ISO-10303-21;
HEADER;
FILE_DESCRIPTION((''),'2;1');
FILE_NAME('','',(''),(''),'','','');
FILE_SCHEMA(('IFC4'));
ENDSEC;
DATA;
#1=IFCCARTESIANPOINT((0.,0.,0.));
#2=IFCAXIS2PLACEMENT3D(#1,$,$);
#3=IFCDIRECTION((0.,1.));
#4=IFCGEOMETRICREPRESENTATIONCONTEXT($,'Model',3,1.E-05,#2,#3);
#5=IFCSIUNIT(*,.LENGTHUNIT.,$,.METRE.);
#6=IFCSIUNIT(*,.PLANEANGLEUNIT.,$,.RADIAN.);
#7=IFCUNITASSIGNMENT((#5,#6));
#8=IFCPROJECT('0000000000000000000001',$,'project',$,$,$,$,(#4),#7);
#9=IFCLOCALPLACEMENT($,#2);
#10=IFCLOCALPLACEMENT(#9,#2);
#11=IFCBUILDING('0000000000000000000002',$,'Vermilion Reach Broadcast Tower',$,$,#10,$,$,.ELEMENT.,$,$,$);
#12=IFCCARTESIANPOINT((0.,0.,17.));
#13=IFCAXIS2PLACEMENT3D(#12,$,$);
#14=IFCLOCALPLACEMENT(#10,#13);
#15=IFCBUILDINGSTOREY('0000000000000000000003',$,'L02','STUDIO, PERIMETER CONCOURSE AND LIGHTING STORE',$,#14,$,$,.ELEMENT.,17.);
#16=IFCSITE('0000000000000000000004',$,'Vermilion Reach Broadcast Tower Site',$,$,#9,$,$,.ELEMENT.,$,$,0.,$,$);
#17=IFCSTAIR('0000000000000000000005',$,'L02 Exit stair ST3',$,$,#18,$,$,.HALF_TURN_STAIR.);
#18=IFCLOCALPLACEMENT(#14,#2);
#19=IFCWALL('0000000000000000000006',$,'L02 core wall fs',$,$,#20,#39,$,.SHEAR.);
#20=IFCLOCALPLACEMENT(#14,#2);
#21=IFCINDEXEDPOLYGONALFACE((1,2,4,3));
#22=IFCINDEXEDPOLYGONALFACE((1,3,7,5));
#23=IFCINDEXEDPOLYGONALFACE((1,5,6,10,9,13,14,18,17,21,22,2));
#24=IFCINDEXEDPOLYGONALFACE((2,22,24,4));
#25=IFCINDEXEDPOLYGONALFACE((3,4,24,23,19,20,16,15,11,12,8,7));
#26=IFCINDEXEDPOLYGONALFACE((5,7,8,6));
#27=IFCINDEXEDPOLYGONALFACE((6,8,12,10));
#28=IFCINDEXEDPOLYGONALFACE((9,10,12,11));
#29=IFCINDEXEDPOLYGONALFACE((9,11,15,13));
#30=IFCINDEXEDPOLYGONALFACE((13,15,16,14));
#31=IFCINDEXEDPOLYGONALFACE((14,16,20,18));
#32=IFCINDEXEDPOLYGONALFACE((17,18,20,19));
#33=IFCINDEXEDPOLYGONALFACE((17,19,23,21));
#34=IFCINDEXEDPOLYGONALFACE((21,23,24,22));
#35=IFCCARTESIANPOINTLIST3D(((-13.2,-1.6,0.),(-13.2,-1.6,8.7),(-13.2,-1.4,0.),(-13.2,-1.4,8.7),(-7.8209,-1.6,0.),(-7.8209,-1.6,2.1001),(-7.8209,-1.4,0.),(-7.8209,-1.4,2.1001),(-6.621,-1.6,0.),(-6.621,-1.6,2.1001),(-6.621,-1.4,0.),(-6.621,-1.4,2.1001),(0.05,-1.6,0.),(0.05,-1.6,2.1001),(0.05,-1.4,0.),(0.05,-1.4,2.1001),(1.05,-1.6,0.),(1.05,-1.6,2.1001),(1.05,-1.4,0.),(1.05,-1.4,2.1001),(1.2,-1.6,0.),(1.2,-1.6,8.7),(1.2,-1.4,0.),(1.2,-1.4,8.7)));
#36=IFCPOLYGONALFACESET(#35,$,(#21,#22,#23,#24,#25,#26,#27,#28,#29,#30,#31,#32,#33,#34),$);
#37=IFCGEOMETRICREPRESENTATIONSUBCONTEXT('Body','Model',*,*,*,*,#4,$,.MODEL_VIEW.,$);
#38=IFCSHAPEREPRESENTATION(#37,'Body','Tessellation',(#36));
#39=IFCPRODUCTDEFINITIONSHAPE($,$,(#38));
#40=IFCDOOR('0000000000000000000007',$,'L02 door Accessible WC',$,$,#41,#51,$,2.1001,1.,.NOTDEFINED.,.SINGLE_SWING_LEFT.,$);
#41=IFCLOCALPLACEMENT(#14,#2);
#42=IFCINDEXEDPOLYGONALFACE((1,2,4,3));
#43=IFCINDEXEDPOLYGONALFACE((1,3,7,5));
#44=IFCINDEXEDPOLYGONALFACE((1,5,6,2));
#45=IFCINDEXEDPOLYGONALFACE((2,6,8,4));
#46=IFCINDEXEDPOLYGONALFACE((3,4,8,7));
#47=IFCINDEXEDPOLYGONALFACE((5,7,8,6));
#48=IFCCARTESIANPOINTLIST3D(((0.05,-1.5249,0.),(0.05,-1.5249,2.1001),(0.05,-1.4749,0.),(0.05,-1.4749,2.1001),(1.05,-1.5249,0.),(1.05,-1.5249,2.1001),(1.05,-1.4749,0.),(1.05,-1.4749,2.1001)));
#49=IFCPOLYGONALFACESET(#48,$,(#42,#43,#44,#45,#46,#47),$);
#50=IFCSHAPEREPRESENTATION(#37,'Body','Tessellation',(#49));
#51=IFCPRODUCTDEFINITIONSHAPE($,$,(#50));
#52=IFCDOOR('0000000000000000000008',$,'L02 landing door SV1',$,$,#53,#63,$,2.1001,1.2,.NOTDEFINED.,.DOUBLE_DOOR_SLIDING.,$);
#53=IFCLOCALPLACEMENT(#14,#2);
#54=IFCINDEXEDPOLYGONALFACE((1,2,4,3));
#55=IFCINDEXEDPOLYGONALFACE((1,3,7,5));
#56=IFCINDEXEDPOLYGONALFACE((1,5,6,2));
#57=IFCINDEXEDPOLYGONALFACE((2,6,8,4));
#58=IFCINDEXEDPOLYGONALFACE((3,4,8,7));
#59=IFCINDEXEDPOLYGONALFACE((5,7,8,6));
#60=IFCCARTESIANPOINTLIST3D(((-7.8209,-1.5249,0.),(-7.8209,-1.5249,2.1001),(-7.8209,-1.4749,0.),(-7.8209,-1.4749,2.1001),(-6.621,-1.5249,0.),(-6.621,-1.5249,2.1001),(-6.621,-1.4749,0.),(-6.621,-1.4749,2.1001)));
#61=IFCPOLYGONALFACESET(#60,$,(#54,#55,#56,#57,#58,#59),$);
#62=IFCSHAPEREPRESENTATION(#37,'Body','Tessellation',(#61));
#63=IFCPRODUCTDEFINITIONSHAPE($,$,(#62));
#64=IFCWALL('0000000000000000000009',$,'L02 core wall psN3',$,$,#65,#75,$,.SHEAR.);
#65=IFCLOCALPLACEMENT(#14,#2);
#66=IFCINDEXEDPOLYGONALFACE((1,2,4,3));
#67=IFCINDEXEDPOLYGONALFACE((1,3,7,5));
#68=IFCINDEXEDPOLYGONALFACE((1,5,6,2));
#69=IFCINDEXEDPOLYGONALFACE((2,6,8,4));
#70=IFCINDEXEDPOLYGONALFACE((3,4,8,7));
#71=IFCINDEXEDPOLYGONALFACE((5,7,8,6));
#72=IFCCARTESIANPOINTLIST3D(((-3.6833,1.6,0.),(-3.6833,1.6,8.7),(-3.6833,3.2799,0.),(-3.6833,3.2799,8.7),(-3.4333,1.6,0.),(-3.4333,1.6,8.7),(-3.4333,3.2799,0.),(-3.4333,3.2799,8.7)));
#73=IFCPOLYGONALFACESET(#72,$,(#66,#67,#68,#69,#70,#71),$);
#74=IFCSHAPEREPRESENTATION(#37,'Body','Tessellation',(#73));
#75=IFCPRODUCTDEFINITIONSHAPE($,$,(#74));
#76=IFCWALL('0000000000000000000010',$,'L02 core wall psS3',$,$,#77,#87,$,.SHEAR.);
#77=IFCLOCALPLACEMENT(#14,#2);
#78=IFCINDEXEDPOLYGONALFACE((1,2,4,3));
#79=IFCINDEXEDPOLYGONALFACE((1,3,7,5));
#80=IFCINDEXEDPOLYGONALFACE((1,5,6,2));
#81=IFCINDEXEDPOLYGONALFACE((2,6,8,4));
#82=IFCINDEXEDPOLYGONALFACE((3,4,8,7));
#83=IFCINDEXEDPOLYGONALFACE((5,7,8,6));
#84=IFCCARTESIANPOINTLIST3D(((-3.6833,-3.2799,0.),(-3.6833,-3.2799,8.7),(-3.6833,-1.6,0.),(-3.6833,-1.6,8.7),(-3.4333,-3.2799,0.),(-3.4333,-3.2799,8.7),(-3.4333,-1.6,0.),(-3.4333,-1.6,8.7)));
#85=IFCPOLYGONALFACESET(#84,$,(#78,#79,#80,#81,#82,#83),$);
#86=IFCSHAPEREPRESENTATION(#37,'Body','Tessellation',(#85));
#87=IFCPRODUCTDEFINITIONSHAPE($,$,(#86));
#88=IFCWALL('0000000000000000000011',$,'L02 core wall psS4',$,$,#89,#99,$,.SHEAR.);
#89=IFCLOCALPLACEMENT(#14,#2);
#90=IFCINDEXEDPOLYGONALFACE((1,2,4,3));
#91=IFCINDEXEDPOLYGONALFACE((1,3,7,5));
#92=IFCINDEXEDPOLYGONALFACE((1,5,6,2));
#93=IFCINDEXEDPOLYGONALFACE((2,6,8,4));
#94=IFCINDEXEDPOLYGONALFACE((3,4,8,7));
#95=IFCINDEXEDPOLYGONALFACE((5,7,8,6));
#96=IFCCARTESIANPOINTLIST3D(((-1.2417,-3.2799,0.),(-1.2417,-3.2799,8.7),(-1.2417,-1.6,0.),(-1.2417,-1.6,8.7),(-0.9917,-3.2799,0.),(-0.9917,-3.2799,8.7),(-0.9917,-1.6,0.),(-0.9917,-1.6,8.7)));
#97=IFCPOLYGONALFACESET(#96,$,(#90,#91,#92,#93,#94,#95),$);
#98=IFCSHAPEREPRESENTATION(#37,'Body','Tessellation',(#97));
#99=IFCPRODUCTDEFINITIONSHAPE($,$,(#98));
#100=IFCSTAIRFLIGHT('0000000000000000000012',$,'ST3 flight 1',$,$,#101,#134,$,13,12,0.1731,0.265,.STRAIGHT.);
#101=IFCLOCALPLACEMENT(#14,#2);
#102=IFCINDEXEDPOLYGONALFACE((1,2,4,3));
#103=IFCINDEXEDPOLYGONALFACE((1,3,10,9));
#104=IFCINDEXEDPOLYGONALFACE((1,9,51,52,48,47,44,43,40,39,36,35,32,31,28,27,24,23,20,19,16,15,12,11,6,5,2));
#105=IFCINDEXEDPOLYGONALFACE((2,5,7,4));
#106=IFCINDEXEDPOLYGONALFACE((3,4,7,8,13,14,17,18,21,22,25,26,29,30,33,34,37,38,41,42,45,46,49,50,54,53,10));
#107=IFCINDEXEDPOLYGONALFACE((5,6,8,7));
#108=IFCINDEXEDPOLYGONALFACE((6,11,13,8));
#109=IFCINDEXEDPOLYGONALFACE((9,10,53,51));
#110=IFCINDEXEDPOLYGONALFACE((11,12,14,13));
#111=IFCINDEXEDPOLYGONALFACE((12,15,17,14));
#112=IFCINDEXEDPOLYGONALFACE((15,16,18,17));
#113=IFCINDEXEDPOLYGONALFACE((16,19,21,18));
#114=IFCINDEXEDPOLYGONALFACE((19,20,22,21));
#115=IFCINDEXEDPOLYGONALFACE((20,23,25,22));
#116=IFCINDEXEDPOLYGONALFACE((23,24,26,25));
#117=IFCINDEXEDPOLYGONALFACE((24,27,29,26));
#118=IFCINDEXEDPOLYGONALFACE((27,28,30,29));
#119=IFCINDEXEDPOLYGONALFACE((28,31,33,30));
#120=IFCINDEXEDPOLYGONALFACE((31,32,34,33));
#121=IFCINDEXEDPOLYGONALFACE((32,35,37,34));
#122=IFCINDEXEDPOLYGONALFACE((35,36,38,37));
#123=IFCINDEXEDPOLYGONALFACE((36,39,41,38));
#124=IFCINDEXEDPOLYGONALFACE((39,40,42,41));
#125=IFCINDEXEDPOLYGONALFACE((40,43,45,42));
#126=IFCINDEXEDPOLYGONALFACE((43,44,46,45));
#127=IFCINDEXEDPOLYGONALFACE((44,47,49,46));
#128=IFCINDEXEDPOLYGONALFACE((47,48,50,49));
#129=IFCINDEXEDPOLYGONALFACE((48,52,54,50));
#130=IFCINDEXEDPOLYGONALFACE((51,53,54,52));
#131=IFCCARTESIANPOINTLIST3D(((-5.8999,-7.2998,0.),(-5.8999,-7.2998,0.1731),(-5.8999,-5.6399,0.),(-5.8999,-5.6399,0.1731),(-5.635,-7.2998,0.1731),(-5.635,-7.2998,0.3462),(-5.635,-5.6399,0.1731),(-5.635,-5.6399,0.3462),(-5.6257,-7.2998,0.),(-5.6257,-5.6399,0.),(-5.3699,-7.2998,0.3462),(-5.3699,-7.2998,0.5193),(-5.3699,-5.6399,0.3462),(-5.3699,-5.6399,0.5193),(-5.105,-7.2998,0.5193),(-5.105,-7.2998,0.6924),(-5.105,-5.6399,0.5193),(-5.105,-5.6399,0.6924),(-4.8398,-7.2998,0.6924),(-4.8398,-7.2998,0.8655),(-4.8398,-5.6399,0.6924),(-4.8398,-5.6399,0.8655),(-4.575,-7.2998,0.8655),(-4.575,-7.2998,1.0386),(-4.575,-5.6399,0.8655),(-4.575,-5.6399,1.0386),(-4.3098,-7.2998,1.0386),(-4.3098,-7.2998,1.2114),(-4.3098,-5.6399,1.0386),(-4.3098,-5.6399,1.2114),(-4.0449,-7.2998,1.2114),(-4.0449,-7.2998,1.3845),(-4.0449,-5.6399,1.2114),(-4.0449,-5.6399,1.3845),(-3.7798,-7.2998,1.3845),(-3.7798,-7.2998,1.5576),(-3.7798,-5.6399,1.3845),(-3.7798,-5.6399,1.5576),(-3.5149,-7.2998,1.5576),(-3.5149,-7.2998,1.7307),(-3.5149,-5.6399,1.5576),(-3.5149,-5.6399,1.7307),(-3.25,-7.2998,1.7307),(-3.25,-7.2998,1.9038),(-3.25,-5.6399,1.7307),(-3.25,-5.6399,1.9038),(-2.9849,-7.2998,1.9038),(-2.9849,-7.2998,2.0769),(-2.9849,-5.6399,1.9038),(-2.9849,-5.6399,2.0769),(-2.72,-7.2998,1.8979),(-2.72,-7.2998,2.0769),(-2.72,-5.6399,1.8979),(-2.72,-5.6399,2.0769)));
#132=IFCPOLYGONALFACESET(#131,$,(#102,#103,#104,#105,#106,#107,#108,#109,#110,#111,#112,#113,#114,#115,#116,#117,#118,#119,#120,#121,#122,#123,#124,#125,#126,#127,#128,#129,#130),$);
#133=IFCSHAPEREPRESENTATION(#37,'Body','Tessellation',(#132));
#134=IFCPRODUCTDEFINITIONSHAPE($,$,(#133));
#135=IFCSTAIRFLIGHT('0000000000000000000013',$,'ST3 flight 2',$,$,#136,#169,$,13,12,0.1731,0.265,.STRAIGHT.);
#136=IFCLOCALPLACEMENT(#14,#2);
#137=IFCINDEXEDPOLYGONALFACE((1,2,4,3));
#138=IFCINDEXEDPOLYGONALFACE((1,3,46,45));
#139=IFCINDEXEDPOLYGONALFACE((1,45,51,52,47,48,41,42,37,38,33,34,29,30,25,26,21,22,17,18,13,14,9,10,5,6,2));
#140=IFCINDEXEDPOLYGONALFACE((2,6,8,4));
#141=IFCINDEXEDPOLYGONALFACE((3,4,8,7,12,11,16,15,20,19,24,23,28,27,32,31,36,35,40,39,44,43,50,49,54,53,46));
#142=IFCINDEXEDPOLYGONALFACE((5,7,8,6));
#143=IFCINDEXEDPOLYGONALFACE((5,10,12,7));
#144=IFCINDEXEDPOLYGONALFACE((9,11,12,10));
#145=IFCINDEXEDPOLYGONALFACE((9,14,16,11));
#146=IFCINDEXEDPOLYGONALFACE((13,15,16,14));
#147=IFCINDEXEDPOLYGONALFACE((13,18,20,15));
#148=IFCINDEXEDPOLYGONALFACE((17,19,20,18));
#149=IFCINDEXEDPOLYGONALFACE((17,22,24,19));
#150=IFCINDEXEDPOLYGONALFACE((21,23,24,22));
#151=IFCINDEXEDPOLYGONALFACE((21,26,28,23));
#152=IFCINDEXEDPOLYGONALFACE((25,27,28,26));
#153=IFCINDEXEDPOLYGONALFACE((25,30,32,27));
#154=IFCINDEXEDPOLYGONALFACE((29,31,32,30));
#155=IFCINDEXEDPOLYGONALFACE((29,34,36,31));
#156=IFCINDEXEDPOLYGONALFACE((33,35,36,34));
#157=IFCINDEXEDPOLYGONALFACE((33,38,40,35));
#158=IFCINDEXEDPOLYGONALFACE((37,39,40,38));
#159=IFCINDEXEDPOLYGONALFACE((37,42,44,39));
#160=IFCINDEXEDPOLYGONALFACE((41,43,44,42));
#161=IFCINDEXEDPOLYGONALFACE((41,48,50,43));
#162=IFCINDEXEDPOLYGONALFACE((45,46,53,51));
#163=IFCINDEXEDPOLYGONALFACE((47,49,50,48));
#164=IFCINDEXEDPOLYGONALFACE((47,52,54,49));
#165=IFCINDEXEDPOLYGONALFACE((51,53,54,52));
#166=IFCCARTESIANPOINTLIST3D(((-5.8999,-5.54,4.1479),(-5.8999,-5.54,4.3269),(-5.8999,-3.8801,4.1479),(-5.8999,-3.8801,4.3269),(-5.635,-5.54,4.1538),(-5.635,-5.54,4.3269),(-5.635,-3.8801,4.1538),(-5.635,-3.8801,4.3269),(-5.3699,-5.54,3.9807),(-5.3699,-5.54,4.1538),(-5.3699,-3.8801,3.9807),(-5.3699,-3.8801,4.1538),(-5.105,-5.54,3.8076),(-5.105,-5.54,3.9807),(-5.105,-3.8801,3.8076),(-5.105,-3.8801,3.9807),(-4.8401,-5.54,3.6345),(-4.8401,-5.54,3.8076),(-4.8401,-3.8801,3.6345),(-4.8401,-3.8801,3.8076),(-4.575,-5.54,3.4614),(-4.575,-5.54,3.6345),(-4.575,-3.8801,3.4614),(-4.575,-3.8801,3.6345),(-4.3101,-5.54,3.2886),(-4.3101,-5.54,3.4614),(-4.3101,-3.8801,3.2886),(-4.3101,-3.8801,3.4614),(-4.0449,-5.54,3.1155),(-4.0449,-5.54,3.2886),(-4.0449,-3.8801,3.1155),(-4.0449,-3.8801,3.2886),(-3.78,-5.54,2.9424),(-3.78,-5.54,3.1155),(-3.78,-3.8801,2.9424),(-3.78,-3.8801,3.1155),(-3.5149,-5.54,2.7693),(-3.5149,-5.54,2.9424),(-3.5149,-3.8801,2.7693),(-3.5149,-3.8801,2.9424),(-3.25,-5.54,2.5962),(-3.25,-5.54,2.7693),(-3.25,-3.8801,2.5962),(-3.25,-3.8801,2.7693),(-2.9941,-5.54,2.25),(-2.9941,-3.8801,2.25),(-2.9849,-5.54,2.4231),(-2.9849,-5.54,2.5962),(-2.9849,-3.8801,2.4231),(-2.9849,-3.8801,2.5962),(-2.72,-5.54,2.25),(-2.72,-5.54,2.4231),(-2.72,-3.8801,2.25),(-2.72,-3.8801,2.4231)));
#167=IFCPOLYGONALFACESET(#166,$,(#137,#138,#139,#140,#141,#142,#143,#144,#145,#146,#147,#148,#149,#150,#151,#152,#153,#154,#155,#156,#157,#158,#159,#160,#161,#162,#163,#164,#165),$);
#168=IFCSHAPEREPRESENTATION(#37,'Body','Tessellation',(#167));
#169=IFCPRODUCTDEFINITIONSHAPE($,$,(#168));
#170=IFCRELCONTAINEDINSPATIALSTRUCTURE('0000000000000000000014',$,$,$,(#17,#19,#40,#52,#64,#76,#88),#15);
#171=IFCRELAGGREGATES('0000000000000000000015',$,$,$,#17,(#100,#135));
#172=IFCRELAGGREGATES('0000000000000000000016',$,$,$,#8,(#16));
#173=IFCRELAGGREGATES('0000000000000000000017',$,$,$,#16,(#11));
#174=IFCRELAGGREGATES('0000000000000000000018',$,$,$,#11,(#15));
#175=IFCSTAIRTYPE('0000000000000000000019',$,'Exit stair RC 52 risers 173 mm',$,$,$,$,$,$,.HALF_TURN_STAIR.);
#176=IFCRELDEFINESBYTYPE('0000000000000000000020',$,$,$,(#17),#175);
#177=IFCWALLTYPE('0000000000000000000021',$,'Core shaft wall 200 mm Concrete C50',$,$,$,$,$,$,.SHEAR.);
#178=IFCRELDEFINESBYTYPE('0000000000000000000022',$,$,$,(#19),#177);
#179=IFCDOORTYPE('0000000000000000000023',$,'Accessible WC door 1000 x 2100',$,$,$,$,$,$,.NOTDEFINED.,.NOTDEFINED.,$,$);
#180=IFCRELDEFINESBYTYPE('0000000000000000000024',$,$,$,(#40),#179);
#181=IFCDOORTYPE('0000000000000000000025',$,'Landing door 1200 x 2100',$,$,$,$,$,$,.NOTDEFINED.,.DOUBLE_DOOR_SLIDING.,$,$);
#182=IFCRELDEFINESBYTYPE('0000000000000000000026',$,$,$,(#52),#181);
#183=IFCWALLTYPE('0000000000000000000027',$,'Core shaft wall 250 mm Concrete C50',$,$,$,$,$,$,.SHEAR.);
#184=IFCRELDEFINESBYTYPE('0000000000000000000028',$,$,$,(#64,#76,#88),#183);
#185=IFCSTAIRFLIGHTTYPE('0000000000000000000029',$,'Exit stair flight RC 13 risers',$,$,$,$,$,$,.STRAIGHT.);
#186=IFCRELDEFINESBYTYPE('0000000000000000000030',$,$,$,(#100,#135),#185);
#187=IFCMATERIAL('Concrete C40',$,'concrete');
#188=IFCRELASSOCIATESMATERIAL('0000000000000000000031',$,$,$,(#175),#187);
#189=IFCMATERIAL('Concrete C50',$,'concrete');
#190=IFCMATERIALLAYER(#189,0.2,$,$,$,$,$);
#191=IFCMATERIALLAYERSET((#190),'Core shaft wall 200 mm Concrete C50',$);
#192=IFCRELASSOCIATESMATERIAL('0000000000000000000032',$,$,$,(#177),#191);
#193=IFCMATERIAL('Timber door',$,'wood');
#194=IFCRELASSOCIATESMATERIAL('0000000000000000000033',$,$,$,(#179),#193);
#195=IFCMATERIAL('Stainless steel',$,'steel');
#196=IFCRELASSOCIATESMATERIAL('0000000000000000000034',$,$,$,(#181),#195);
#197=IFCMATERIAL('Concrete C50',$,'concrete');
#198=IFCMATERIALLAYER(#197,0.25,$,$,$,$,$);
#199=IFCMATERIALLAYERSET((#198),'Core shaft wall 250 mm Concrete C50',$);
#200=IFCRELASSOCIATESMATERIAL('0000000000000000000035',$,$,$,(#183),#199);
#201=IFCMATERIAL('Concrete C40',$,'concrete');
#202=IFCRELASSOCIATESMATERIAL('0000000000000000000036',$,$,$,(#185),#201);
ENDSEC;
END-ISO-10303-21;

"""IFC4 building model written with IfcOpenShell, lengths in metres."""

from ifc_helpers import new_model, si_unit, direction, frame, frame_2d, origin, place, context, subcontext, project, spatial, polyline, rectangle, outline, extrude, material, layer, layer_set, type_object, element, fill, aggregate, save


model = new_model("IFC4")

# Units and contexts
model_context = context("Model", 3, precision=1e-05, world=origin(), true_north=direction((0.0, 1.0)))
body_context = subcontext(model_context, "Body", "Model", "MODEL_VIEW")
ifc_project = project(units=[si_unit("LENGTHUNIT", "METRE"), si_unit("PLANEANGLEUNIT", "RADIAN")], contexts=[model_context])

# Site, building, storey
site_placement = place(None, origin())
site = spatial("IfcSite", under=ifc_project, at=site_placement, Name="Vermilion Reach Broadcast Tower Site", CompositionType="ELEMENT", RefElevation=0.0)
building_placement = place(site_placement, origin())
building = spatial("IfcBuilding", under=site, at=building_placement, Name="Vermilion Reach Broadcast Tower", CompositionType="ELEMENT")
storey_placement = place(building_placement, frame((0.0, 0.0, 17.0)))
storey = spatial("IfcBuildingStorey", under=building, at=storey_placement, Name="L02", Description="STUDIO, PERIMETER CONCOURSE AND LIGHTING STORE", CompositionType="ELEMENT", Elevation=17.0)

# Stair
ifc_material_1 = material(Name="Concrete C40", Category="concrete")
stair_type = type_object("IfcStairType", Name="Exit stair RC 52 risers 173 mm", PredefinedType="HALF_TURN_STAIR", material=ifc_material_1)
placement_1 = place(storey_placement, origin())
stair_1 = element("IfcStair", 1, at=placement_1, inside=storey, type_object=stair_type, Name="L02 Exit stair ST3", PredefinedType="HALF_TURN_STAIR")

# Wall, openings, doors
ifc_material_2 = material(Name="Concrete C50", Category="concrete")
ifc_layer_1 = layer(ifc_material_2, 0.2)
ifc_layer_set_1 = layer_set([ifc_layer_1], Name="Core shaft wall 200 mm Concrete C50")
wall_type_1 = type_object("IfcWallType", Name="Core shaft wall 200 mm Concrete C50", PredefinedType="SHEAR", material=ifc_layer_set_1)
wall_1_placement = place(storey_placement, frame((1.2, -1.5, 0.0), z_axis=(0.0, 0.0, 1.0), x_axis=(-1.0, 0.0, 0.0)))
wall_1 = element("IfcWall", 2, at=wall_1_placement, inside=storey, type_object=wall_type_1, Name="L02 core wall fs", PredefinedType="SHEAR", context=body_context, shape_type="SweptSolid", body=[
    extrude(rectangle(XDim=14.3999, YDim=0.2, at=frame_2d((7.2, 0.0))), origin(), (0.0, 0.0, 1.0), 8.7),
])
opening_1_placement = place(wall_1_placement, frame((7.8208, 0.0, 0.0)))
opening_1 = element("IfcOpeningElement", 3, at=opening_1_placement, cuts=wall_1, PredefinedType="OPENING", context=body_context, shape_type="SweptSolid", body=[
    extrude(rectangle(XDim=1.2, YDim=2.1001, at=frame_2d((0.6001, 1.05))), frame((0.0, 0.1099, 0.0), z_axis=(0.0, -1.0, 0.0), x_axis=(1.0, 0.0, 0.0)), (0.0, 0.0, 1.0), 0.22),
])
opening_2_placement = place(wall_1_placement, frame((0.1499, 0.0, 0.0)))
opening_2 = element("IfcOpeningElement", 4, at=opening_2_placement, cuts=wall_1, PredefinedType="OPENING", context=body_context, shape_type="SweptSolid", body=[
    extrude(rectangle(XDim=1.0, YDim=2.1001, at=frame_2d((0.5, 1.05))), frame((0.0, 0.1099, 0.0), z_axis=(0.0, -1.0, 0.0), x_axis=(1.0, 0.0, 0.0)), (0.0, 0.0, 1.0), 0.22),
])
ifc_material_3 = material(Name="Timber door", Category="wood")
door_type_1 = type_object("IfcDoorType", Name="Accessible WC door 1000 x 2100", OperationType="NOTDEFINED", PredefinedType="NOTDEFINED", material=ifc_material_3)
door_1_placement = place(opening_2_placement, origin())
door_1 = element("IfcDoor", 5, at=door_1_placement, inside=storey, type_object=door_type_1, Name="L02 door Accessible WC", OperationType="SINGLE_SWING_LEFT", OverallHeight=2.1001, OverallWidth=1.0, PredefinedType="NOTDEFINED", context=body_context, shape_type="SweptSolid", body=[
    extrude(rectangle(XDim=1.0, YDim=2.1001, at=frame_2d((0.5, 1.05))), frame((0.0, 0.0249, 0.0), z_axis=(0.0, -1.0, 0.0), x_axis=(1.0, 0.0, 0.0)), (0.0, 0.0, 1.0), 0.05),
])
fill(opening_2, door_1)
ifc_material_4 = material(Name="Stainless steel", Category="steel")
door_type_2 = type_object("IfcDoorType", Name="Landing door 1200 x 2100", OperationType="DOUBLE_DOOR_SLIDING", PredefinedType="NOTDEFINED", material=ifc_material_4)
door_2_placement = place(opening_1_placement, origin())
door_2 = element("IfcDoor", 6, at=door_2_placement, inside=storey, type_object=door_type_2, Name="L02 landing door SV1", OperationType="DOUBLE_DOOR_SLIDING", OverallHeight=2.1001, OverallWidth=1.2, PredefinedType="NOTDEFINED", context=body_context, shape_type="SweptSolid", body=[
    extrude(rectangle(XDim=1.2, YDim=2.1001, at=frame_2d((0.6001, 1.05))), frame((0.0, 0.0249, 0.0), z_axis=(0.0, -1.0, 0.0), x_axis=(1.0, 0.0, 0.0)), (0.0, 0.0, 1.0), 0.05),
])
fill(opening_1, door_2)

# Walls
ifc_material_5 = material(Name="Concrete C50", Category="concrete")
ifc_layer_2 = layer(ifc_material_5, 0.25)
ifc_layer_set_2 = layer_set([ifc_layer_2], Name="Core shaft wall 250 mm Concrete C50")
wall_type_2 = type_object("IfcWallType", Name="Core shaft wall 250 mm Concrete C50", PredefinedType="SHEAR", material=ifc_layer_set_2)
for number, where, z_axis, x_axis, name in (
    (7, (-3.5583, 1.6001, 0.0), (0.0, 0.0, 1.0), (0.0, 1.0, 0.0), "L02 core wall psN3"),
    (8, (-3.5583, -1.6001, 0.0), (0.0, 0.0, 1.0), (0.0, -1.0, 0.0), "L02 core wall psS3"),
    (9, (-1.1167, -1.6001, 0.0), (0.0, 0.0, 1.0), (0.0, -1.0, 0.0), "L02 core wall psS4"),
):
    element("IfcWall", number, at=place(storey_placement, frame(where, z_axis=z_axis, x_axis=x_axis)), inside=storey, type_object=wall_type_2, Name=name, PredefinedType="SHEAR", context=body_context, shape_type="SweptSolid", body=[
        extrude(rectangle(XDim=1.6799, YDim=0.25, at=frame_2d((0.8398, 0.0))), origin(), (0.0, 0.0, 1.0), 8.7),
    ])

# Stair flights
ifc_material_6 = material(Name="Concrete C40", Category="concrete")
stair_flight_type = type_object("IfcStairFlightType", Name="Exit stair flight RC 13 risers", PredefinedType="STRAIGHT", material=ifc_material_6)
stair_flight_1_placement = place(storey_placement, frame((-5.8999, -6.47, 0.0), z_axis=(0.0, 0.0, 1.0), x_axis=(1.0, 0.0, 0.0)))
stair_flight_1 = element("IfcStairFlight", 10, at=stair_flight_1_placement, type_object=stair_flight_type, Name="ST3 flight 1", NumberOfRisers=13, NumberOfTreads=12, PredefinedType="STRAIGHT", RiserHeight=0.1731, TreadLength=0.265, context=body_context, shape_type="SweptSolid", body=[
    extrude(outline(polyline([(0.0, 0.0), (0.0, 0.1731), (0.2649, 0.1731), (0.2649, 0.3462), (0.53, 0.3462), (0.53, 0.5193), (0.7949, 0.5193), (0.7949, 0.6924), (1.0601, 0.6924), (1.0601, 0.8655), (1.325, 0.8655), (1.325, 1.0386), (1.5901, 1.0386), (1.5901, 1.2114), (1.855, 1.2114), (1.855, 1.3845), (2.1201, 1.3845), (2.1201, 1.5576), (2.385, 1.5576), (2.385, 1.7307), (2.6499, 1.7307), (2.6499, 1.9038), (2.915, 1.9038), (2.915, 2.0769), (3.1799, 2.0769), (3.1799, 2.25), (3.1799, 1.8979), (0.2742, 0.0), (0.0, 0.0)])), frame((0.0, 0.8301, 0.0), z_axis=(0.0, -1.0, 0.0), x_axis=(1.0, 0.0, 0.0)), (0.0, 0.0, 1.0), 1.6599),
])
stair_flight_2_placement = place(storey_placement, frame((-2.72, -4.71, 2.25), z_axis=(0.0, 0.0, 1.0), x_axis=(-1.0, 0.0, 0.0)))
stair_flight_2 = element("IfcStairFlight", 11, at=stair_flight_2_placement, type_object=stair_flight_type, Name="ST3 flight 2", NumberOfRisers=13, NumberOfTreads=12, PredefinedType="STRAIGHT", RiserHeight=0.1731, TreadLength=0.265, context=body_context, shape_type="SweptSolid", body=[
    extrude(outline(polyline([(0.0, 0.0), (0.0, 0.1731), (0.2649, 0.1731), (0.2649, 0.3462), (0.53, 0.3462), (0.53, 0.5193), (0.7949, 0.5193), (0.7949, 0.6924), (1.0601, 0.6924), (1.0601, 0.8655), (1.325, 0.8655), (1.325, 1.0386), (1.5901, 1.0386), (1.5901, 1.2114), (1.855, 1.2114), (1.855, 1.3845), (2.1201, 1.3845), (2.1201, 1.5576), (2.385, 1.5576), (2.385, 1.7307), (2.6499, 1.7307), (2.6499, 1.9038), (2.915, 1.9038), (2.915, 2.0769), (3.1799, 2.0769), (3.1799, 2.25), (3.1799, 1.8979), (0.2742, 0.0), (0.0, 0.0)])), frame((0.0, 0.8301, 0.0), z_axis=(0.0, -1.0, 0.0), x_axis=(1.0, 0.0, 0.0)), (0.0, 0.0, 1.0), 1.6599),
])
aggregate(stair_1, [stair_flight_1, stair_flight_2])

save(model, "model.ifc")
